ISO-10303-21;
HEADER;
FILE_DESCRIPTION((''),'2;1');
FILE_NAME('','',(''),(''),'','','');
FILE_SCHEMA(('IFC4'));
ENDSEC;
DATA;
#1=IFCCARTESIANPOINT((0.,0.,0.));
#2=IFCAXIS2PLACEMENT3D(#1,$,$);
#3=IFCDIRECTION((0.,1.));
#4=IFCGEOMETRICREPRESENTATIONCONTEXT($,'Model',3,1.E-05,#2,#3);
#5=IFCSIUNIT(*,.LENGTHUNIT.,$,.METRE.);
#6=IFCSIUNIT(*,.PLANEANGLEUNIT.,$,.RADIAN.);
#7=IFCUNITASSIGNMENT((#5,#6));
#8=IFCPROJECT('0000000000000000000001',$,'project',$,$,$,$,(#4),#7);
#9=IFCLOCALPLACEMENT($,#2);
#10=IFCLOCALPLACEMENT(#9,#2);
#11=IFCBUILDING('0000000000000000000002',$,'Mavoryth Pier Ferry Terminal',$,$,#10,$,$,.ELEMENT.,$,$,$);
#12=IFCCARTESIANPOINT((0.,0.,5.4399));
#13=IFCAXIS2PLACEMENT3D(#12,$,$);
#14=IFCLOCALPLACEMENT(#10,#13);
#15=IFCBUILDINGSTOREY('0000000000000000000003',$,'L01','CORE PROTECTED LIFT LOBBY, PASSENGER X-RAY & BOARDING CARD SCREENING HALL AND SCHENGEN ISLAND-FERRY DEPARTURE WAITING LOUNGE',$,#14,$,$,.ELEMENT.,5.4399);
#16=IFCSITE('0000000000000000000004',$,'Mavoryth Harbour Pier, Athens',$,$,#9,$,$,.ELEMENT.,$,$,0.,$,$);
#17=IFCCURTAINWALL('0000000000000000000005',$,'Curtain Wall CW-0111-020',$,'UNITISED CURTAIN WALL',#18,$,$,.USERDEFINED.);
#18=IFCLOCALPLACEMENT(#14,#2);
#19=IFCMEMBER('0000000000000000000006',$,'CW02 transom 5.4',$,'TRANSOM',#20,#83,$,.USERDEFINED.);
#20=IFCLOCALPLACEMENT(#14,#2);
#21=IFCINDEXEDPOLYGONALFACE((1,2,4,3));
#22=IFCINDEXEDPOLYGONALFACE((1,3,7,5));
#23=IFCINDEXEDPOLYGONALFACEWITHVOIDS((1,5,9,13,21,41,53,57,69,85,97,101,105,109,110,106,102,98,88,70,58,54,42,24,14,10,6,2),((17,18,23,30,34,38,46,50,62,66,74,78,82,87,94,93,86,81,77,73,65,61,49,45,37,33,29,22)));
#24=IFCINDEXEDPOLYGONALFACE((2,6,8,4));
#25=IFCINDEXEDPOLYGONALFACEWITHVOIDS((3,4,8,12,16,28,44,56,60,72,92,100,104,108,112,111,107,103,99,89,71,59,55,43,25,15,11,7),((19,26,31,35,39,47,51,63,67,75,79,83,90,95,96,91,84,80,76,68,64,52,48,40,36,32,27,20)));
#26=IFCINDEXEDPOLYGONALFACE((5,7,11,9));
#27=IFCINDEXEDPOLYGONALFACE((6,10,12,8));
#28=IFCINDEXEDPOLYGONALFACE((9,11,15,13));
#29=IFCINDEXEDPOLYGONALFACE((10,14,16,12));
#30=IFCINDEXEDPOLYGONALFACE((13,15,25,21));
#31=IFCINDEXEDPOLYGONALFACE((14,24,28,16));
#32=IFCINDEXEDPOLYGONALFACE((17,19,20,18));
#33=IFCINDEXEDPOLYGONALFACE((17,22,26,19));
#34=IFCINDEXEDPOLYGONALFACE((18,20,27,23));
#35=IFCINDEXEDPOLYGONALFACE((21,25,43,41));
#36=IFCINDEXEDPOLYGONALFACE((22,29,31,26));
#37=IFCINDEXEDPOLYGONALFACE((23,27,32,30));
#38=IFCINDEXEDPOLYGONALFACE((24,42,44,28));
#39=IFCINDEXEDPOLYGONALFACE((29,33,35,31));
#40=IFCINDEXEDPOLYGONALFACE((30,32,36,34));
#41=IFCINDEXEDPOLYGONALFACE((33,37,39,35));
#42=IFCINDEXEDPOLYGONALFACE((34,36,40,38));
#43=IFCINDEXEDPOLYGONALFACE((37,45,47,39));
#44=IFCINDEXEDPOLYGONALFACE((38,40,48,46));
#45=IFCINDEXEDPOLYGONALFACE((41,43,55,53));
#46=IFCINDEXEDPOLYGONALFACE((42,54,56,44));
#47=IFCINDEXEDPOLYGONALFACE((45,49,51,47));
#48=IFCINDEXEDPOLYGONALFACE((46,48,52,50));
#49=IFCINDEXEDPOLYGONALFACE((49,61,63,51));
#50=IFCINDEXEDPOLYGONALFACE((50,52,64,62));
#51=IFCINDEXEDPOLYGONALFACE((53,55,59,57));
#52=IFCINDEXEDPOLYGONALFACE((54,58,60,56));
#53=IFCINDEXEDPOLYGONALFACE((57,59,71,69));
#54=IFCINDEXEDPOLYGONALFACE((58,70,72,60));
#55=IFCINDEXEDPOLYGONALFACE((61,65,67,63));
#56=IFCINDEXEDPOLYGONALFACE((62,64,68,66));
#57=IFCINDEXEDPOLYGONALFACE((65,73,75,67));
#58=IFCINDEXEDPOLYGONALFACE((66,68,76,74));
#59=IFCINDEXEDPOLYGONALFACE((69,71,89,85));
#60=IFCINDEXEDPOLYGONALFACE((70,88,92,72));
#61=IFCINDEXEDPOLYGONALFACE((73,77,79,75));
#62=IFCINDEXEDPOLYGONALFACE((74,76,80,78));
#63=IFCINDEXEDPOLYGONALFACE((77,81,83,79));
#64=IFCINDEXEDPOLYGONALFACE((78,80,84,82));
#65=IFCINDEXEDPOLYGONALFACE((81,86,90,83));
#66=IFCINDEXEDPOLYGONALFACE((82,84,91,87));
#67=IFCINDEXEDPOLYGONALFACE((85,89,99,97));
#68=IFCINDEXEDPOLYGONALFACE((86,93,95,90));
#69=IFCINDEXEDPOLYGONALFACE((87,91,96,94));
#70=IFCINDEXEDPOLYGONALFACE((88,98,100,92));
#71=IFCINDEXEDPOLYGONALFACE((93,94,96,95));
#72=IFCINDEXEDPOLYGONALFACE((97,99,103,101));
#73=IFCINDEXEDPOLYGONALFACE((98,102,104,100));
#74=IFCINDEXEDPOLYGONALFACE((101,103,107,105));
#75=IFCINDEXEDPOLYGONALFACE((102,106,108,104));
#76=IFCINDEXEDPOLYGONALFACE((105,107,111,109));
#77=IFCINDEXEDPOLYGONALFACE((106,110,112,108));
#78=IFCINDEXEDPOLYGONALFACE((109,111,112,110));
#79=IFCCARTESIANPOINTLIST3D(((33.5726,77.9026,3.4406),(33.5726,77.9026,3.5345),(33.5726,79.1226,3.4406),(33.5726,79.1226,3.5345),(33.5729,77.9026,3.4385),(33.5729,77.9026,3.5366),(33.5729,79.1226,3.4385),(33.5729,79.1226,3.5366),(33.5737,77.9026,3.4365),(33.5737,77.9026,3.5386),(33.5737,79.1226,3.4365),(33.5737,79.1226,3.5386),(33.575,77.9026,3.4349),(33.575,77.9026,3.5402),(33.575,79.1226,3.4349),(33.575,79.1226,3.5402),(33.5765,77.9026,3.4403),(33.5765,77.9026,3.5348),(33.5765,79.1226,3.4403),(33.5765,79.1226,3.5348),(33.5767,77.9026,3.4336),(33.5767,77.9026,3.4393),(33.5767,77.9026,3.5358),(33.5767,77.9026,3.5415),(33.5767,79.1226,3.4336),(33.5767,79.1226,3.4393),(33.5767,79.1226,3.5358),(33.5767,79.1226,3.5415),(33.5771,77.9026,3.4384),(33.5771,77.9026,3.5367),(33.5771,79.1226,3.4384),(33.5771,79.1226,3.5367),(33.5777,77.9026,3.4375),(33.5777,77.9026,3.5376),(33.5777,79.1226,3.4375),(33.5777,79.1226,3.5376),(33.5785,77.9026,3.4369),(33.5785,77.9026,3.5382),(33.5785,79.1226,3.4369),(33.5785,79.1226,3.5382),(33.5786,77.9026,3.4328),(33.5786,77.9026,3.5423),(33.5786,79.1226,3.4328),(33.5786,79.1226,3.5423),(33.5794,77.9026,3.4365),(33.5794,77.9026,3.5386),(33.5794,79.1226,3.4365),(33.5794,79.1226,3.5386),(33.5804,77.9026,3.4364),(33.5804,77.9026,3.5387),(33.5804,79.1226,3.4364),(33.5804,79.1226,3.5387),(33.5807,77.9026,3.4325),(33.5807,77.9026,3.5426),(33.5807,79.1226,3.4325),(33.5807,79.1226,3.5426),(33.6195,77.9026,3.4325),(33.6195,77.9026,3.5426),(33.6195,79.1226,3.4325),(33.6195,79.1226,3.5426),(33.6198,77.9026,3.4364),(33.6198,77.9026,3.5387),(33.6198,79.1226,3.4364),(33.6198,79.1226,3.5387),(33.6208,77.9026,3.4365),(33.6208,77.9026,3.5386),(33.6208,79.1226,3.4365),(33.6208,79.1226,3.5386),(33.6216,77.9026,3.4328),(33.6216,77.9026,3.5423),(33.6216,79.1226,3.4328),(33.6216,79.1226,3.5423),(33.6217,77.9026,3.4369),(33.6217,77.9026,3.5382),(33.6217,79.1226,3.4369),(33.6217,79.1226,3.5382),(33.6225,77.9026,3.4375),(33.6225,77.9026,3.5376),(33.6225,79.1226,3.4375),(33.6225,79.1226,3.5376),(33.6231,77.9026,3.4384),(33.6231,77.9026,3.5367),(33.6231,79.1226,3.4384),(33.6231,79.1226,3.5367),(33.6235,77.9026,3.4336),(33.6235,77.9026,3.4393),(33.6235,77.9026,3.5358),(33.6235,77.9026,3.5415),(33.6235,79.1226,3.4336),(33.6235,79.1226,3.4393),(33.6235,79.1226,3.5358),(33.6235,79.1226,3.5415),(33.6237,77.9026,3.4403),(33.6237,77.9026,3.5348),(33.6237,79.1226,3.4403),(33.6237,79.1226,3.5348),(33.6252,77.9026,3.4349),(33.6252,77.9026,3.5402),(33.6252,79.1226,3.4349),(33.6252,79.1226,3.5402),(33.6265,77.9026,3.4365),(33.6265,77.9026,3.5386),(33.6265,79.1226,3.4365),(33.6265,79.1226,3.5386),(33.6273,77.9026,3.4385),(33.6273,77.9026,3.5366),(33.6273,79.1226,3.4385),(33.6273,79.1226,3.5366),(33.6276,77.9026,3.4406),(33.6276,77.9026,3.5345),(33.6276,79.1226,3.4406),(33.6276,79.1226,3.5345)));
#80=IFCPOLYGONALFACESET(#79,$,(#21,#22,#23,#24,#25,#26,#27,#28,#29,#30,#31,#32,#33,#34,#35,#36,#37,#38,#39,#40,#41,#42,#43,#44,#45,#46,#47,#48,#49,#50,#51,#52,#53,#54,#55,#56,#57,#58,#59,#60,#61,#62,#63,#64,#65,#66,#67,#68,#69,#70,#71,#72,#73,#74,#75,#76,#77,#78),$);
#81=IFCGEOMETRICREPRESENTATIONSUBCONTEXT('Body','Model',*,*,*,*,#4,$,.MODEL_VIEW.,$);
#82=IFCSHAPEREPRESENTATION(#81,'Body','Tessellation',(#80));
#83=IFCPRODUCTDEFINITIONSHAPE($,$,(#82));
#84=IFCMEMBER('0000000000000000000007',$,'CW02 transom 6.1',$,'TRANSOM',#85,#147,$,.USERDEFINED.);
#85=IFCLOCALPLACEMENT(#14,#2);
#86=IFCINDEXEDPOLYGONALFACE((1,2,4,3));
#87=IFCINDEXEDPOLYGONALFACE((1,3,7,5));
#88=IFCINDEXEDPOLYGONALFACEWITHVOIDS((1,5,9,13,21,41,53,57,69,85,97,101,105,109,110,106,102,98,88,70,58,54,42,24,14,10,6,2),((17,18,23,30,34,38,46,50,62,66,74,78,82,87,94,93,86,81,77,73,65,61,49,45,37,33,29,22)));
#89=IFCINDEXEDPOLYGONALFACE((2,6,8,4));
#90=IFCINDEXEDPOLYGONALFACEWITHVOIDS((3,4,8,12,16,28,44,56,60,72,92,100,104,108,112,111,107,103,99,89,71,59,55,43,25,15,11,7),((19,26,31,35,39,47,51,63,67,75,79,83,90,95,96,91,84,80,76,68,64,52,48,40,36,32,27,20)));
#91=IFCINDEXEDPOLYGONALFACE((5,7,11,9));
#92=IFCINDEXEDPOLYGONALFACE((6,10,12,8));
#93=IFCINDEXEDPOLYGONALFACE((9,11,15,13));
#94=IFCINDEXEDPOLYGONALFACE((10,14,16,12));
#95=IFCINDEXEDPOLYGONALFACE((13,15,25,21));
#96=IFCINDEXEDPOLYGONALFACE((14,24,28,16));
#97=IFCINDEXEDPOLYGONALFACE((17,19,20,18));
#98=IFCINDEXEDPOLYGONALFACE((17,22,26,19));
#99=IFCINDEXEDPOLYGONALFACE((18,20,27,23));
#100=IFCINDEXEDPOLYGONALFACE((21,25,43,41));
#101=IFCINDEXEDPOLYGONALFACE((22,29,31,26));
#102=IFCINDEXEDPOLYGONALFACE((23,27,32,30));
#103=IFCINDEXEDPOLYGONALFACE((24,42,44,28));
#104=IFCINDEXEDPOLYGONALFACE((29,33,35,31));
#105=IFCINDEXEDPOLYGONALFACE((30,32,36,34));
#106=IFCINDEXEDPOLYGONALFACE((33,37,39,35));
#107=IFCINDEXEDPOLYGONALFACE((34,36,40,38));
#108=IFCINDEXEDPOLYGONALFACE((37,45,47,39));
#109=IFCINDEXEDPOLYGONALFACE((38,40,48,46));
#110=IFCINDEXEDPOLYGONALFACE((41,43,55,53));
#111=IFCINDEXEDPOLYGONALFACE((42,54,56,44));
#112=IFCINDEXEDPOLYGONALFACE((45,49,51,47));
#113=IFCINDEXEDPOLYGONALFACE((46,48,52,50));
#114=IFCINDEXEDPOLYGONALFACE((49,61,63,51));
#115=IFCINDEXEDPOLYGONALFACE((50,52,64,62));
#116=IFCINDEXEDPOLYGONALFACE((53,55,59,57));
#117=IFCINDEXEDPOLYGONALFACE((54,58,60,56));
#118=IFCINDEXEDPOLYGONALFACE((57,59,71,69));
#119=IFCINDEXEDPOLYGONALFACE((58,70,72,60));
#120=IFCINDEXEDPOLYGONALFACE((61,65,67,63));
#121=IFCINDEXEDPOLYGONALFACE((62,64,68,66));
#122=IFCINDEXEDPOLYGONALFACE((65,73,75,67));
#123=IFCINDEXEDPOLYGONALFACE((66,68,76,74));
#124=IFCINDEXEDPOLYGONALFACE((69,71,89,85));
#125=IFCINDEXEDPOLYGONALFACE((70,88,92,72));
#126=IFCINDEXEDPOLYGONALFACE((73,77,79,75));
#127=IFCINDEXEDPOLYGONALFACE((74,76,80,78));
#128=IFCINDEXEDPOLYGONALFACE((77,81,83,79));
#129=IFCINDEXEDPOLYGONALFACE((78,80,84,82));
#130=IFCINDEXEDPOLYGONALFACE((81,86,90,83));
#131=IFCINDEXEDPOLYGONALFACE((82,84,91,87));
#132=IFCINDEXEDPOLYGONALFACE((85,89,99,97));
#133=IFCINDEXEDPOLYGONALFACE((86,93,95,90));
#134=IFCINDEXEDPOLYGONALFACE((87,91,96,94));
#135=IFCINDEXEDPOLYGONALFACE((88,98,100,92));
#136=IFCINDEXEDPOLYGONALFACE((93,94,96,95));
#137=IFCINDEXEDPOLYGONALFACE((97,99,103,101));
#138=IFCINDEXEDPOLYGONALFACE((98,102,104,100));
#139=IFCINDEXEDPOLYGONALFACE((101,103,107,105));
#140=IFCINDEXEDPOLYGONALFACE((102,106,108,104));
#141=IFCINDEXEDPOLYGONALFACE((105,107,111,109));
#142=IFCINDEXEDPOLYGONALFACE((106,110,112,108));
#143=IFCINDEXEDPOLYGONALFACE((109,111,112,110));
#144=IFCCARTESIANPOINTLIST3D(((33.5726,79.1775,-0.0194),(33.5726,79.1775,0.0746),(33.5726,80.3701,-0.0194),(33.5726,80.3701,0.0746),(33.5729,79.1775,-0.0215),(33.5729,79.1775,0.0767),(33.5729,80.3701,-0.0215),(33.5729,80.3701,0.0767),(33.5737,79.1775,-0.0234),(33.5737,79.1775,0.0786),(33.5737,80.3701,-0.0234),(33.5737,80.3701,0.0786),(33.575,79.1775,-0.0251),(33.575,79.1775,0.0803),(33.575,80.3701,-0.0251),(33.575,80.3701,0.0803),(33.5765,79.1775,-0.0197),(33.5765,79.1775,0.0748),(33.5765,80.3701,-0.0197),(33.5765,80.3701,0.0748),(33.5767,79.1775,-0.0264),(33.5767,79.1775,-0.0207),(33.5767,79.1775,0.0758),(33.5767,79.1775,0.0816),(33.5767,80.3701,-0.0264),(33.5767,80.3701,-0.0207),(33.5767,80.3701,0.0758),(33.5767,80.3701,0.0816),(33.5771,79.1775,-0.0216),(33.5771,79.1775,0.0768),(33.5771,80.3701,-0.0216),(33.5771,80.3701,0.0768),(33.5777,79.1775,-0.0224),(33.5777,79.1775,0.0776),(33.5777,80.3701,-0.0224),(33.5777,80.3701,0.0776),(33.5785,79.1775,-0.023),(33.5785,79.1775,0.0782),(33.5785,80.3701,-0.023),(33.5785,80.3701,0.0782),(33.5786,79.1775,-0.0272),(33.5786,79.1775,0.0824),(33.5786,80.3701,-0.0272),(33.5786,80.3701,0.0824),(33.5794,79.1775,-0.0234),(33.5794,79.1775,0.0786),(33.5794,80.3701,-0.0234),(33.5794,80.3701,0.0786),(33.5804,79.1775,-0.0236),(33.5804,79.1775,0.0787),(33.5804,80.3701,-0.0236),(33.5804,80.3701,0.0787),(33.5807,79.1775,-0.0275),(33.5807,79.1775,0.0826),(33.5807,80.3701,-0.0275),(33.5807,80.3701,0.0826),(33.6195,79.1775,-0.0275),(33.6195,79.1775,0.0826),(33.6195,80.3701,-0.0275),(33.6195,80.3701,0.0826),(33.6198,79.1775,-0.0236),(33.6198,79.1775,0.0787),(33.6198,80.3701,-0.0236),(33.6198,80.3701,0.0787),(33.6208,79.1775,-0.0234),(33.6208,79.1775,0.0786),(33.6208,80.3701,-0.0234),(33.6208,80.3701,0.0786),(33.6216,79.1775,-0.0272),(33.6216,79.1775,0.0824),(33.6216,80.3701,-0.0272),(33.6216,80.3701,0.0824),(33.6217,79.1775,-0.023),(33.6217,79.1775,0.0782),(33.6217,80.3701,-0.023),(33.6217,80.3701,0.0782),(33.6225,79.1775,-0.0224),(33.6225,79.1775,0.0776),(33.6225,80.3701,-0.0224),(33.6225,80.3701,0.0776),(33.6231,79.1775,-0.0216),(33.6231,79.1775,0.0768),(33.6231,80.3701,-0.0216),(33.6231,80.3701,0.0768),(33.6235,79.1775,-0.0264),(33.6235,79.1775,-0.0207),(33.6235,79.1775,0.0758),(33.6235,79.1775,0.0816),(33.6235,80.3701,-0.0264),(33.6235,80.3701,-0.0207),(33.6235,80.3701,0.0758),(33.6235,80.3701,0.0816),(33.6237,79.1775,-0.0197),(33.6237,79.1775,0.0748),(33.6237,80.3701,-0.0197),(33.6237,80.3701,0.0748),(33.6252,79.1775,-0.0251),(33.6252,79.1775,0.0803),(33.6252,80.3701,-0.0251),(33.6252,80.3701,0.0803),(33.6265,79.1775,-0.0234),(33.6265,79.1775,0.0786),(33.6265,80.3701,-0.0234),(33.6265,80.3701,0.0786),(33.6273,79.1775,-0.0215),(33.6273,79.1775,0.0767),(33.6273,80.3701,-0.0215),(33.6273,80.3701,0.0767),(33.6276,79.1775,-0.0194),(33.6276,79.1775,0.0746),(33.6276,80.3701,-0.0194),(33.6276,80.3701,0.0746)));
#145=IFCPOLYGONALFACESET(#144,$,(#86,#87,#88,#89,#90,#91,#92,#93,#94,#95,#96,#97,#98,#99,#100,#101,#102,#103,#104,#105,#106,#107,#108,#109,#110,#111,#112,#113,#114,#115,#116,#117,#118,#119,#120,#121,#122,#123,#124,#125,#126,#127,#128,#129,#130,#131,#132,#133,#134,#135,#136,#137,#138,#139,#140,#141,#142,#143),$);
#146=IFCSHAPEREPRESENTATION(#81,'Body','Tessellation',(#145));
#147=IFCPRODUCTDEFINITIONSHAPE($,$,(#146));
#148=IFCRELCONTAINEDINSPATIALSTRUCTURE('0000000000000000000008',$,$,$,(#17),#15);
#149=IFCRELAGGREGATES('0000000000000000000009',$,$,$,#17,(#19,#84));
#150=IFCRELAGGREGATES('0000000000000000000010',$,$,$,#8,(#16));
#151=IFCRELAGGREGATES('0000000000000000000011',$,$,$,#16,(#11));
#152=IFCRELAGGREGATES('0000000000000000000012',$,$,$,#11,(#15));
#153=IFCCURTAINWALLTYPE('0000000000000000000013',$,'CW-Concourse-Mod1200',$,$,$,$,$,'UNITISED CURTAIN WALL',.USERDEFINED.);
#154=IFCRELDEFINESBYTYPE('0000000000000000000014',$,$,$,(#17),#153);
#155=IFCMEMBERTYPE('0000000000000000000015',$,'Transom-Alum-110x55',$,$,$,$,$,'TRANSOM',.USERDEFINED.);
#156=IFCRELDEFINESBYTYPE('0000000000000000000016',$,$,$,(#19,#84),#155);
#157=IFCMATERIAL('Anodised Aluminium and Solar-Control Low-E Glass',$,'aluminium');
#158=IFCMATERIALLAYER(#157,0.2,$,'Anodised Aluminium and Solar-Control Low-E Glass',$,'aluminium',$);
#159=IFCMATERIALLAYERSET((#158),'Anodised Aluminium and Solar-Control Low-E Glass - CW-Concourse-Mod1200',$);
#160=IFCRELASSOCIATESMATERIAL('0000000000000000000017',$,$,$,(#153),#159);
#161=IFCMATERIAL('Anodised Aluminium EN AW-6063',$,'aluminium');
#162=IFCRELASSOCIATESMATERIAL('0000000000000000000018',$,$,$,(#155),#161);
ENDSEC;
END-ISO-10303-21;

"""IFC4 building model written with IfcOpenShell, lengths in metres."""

from ifc_helpers import new_model, si_unit, direction, frame, origin, origin_2d, place, context, subcontext, project, spatial, hollow_rectangle, extrude, material, layer, layer_set, material_profile, profile_set, type_object, element, aggregate, save


model = new_model("IFC4")

# Units and contexts
model_context = context("Model", 3, precision=1e-05, world=origin(), true_north=direction((0.0, 1.0)))
body_context = subcontext(model_context, "Body", "Model", "MODEL_VIEW")
ifc_project = project(units=[si_unit("LENGTHUNIT", "METRE"), si_unit("PLANEANGLEUNIT", "RADIAN")], contexts=[model_context])

# Site, building, storey
site_placement = place(None, origin())
site = spatial("IfcSite", under=ifc_project, at=site_placement, Name="Mavoryth Harbour Pier, Athens", CompositionType="ELEMENT", RefElevation=0.0)
building_placement = place(site_placement, origin())
building = spatial("IfcBuilding", under=site, at=building_placement, Name="Mavoryth Pier Ferry Terminal", CompositionType="ELEMENT")
storey_placement = place(building_placement, frame((0.0, 0.0, 5.4399)))
storey = spatial("IfcBuildingStorey", under=building, at=storey_placement, Name="L01", Description="CORE PROTECTED LIFT LOBBY, PASSENGER X-RAY & BOARDING CARD SCREENING HALL AND SCHENGEN ISLAND-FERRY DEPARTURE WAITING LOUNGE", CompositionType="ELEMENT", Elevation=5.4399)

# Curtain wall, members
ifc_material_1 = material(Name="Anodised Aluminium and Solar-Control Low-E Glass", Category="aluminium")
ifc_layer_1 = layer(ifc_material_1, 0.2, Name="Anodised Aluminium and Solar-Control Low-E Glass", Category="aluminium")
ifc_layer_set_1 = layer_set([ifc_layer_1], Name="Anodised Aluminium and Solar-Control Low-E Glass - CW-Concourse-Mod1200")
curtain_wall_type = type_object("IfcCurtainWallType", Name="CW-Concourse-Mod1200", ElementType="UNITISED CURTAIN WALL", PredefinedType="USERDEFINED", material=ifc_layer_set_1)
curtain_wall_placement = place(storey_placement, origin())
curtain_wall = element("IfcCurtainWall", 1, at=curtain_wall_placement, inside=storey, type_object=curtain_wall_type, Name="Curtain Wall CW-0111-020", ObjectType="UNITISED CURTAIN WALL", PredefinedType="USERDEFINED")
ifc_material_2 = material(Name="Anodised Aluminium EN AW-6063", Category="aluminium")
ifc_material_profile_1 = material_profile(ifc_material_2, hollow_rectangle(XDim=0.0549, YDim=0.1101, WallThickness=0.0039, InnerFilletRadius=0.0039, OuterFilletRadius=0.0081, at=origin_2d()), Name="AL-TRAN 110x55x4", Category="aluminium")
ifc_profile_set_1 = profile_set([ifc_material_profile_1], Name="Anodised Aluminium EN AW-6063 - AL-TRAN 110x55x4")
member_type_1 = type_object("IfcMemberType", Name="Transom-Alum-110x55", ElementType="TRANSOM", PredefinedType="USERDEFINED", material=ifc_profile_set_1)
member_1_placement = place(storey_placement, frame((33.6001, 77.9026, 3.4875), z_axis=(0.0, 1.0, 0.0), x_axis=(-1.0, 0.0, 0.0)))
member_1 = element("IfcMember", 2, at=member_1_placement, type_object=member_type_1, Name="CW02 transom 5.4", ObjectType="TRANSOM", PredefinedType="USERDEFINED", context=body_context, shape_type="SweptSolid", body=[
    extrude(hollow_rectangle(XDim=0.0549, YDim=0.1101, WallThickness=0.0039, InnerFilletRadius=0.0039, OuterFilletRadius=0.0081, at=origin_2d()), origin(), (0.0, 0.0, 1.0), 1.22),
])
member_2_placement = place(storey_placement, frame((33.6001, 79.1775, 0.0276), z_axis=(0.0, 1.0, 0.0), x_axis=(-1.0, 0.0, 0.0)))
member_2 = element("IfcMember", 3, at=member_2_placement, type_object=member_type_1, Name="CW02 transom 6.1", ObjectType="TRANSOM", PredefinedType="USERDEFINED", context=body_context, shape_type="SweptSolid", body=[
    extrude(hollow_rectangle(XDim=0.0549, YDim=0.1101, WallThickness=0.0039, InnerFilletRadius=0.0039, OuterFilletRadius=0.0081, at=origin_2d()), origin(), (0.0, 0.0, 1.0), 1.1926),
])
aggregate(curtain_wall, [member_1, member_2])

save(model, "model.ifc")
